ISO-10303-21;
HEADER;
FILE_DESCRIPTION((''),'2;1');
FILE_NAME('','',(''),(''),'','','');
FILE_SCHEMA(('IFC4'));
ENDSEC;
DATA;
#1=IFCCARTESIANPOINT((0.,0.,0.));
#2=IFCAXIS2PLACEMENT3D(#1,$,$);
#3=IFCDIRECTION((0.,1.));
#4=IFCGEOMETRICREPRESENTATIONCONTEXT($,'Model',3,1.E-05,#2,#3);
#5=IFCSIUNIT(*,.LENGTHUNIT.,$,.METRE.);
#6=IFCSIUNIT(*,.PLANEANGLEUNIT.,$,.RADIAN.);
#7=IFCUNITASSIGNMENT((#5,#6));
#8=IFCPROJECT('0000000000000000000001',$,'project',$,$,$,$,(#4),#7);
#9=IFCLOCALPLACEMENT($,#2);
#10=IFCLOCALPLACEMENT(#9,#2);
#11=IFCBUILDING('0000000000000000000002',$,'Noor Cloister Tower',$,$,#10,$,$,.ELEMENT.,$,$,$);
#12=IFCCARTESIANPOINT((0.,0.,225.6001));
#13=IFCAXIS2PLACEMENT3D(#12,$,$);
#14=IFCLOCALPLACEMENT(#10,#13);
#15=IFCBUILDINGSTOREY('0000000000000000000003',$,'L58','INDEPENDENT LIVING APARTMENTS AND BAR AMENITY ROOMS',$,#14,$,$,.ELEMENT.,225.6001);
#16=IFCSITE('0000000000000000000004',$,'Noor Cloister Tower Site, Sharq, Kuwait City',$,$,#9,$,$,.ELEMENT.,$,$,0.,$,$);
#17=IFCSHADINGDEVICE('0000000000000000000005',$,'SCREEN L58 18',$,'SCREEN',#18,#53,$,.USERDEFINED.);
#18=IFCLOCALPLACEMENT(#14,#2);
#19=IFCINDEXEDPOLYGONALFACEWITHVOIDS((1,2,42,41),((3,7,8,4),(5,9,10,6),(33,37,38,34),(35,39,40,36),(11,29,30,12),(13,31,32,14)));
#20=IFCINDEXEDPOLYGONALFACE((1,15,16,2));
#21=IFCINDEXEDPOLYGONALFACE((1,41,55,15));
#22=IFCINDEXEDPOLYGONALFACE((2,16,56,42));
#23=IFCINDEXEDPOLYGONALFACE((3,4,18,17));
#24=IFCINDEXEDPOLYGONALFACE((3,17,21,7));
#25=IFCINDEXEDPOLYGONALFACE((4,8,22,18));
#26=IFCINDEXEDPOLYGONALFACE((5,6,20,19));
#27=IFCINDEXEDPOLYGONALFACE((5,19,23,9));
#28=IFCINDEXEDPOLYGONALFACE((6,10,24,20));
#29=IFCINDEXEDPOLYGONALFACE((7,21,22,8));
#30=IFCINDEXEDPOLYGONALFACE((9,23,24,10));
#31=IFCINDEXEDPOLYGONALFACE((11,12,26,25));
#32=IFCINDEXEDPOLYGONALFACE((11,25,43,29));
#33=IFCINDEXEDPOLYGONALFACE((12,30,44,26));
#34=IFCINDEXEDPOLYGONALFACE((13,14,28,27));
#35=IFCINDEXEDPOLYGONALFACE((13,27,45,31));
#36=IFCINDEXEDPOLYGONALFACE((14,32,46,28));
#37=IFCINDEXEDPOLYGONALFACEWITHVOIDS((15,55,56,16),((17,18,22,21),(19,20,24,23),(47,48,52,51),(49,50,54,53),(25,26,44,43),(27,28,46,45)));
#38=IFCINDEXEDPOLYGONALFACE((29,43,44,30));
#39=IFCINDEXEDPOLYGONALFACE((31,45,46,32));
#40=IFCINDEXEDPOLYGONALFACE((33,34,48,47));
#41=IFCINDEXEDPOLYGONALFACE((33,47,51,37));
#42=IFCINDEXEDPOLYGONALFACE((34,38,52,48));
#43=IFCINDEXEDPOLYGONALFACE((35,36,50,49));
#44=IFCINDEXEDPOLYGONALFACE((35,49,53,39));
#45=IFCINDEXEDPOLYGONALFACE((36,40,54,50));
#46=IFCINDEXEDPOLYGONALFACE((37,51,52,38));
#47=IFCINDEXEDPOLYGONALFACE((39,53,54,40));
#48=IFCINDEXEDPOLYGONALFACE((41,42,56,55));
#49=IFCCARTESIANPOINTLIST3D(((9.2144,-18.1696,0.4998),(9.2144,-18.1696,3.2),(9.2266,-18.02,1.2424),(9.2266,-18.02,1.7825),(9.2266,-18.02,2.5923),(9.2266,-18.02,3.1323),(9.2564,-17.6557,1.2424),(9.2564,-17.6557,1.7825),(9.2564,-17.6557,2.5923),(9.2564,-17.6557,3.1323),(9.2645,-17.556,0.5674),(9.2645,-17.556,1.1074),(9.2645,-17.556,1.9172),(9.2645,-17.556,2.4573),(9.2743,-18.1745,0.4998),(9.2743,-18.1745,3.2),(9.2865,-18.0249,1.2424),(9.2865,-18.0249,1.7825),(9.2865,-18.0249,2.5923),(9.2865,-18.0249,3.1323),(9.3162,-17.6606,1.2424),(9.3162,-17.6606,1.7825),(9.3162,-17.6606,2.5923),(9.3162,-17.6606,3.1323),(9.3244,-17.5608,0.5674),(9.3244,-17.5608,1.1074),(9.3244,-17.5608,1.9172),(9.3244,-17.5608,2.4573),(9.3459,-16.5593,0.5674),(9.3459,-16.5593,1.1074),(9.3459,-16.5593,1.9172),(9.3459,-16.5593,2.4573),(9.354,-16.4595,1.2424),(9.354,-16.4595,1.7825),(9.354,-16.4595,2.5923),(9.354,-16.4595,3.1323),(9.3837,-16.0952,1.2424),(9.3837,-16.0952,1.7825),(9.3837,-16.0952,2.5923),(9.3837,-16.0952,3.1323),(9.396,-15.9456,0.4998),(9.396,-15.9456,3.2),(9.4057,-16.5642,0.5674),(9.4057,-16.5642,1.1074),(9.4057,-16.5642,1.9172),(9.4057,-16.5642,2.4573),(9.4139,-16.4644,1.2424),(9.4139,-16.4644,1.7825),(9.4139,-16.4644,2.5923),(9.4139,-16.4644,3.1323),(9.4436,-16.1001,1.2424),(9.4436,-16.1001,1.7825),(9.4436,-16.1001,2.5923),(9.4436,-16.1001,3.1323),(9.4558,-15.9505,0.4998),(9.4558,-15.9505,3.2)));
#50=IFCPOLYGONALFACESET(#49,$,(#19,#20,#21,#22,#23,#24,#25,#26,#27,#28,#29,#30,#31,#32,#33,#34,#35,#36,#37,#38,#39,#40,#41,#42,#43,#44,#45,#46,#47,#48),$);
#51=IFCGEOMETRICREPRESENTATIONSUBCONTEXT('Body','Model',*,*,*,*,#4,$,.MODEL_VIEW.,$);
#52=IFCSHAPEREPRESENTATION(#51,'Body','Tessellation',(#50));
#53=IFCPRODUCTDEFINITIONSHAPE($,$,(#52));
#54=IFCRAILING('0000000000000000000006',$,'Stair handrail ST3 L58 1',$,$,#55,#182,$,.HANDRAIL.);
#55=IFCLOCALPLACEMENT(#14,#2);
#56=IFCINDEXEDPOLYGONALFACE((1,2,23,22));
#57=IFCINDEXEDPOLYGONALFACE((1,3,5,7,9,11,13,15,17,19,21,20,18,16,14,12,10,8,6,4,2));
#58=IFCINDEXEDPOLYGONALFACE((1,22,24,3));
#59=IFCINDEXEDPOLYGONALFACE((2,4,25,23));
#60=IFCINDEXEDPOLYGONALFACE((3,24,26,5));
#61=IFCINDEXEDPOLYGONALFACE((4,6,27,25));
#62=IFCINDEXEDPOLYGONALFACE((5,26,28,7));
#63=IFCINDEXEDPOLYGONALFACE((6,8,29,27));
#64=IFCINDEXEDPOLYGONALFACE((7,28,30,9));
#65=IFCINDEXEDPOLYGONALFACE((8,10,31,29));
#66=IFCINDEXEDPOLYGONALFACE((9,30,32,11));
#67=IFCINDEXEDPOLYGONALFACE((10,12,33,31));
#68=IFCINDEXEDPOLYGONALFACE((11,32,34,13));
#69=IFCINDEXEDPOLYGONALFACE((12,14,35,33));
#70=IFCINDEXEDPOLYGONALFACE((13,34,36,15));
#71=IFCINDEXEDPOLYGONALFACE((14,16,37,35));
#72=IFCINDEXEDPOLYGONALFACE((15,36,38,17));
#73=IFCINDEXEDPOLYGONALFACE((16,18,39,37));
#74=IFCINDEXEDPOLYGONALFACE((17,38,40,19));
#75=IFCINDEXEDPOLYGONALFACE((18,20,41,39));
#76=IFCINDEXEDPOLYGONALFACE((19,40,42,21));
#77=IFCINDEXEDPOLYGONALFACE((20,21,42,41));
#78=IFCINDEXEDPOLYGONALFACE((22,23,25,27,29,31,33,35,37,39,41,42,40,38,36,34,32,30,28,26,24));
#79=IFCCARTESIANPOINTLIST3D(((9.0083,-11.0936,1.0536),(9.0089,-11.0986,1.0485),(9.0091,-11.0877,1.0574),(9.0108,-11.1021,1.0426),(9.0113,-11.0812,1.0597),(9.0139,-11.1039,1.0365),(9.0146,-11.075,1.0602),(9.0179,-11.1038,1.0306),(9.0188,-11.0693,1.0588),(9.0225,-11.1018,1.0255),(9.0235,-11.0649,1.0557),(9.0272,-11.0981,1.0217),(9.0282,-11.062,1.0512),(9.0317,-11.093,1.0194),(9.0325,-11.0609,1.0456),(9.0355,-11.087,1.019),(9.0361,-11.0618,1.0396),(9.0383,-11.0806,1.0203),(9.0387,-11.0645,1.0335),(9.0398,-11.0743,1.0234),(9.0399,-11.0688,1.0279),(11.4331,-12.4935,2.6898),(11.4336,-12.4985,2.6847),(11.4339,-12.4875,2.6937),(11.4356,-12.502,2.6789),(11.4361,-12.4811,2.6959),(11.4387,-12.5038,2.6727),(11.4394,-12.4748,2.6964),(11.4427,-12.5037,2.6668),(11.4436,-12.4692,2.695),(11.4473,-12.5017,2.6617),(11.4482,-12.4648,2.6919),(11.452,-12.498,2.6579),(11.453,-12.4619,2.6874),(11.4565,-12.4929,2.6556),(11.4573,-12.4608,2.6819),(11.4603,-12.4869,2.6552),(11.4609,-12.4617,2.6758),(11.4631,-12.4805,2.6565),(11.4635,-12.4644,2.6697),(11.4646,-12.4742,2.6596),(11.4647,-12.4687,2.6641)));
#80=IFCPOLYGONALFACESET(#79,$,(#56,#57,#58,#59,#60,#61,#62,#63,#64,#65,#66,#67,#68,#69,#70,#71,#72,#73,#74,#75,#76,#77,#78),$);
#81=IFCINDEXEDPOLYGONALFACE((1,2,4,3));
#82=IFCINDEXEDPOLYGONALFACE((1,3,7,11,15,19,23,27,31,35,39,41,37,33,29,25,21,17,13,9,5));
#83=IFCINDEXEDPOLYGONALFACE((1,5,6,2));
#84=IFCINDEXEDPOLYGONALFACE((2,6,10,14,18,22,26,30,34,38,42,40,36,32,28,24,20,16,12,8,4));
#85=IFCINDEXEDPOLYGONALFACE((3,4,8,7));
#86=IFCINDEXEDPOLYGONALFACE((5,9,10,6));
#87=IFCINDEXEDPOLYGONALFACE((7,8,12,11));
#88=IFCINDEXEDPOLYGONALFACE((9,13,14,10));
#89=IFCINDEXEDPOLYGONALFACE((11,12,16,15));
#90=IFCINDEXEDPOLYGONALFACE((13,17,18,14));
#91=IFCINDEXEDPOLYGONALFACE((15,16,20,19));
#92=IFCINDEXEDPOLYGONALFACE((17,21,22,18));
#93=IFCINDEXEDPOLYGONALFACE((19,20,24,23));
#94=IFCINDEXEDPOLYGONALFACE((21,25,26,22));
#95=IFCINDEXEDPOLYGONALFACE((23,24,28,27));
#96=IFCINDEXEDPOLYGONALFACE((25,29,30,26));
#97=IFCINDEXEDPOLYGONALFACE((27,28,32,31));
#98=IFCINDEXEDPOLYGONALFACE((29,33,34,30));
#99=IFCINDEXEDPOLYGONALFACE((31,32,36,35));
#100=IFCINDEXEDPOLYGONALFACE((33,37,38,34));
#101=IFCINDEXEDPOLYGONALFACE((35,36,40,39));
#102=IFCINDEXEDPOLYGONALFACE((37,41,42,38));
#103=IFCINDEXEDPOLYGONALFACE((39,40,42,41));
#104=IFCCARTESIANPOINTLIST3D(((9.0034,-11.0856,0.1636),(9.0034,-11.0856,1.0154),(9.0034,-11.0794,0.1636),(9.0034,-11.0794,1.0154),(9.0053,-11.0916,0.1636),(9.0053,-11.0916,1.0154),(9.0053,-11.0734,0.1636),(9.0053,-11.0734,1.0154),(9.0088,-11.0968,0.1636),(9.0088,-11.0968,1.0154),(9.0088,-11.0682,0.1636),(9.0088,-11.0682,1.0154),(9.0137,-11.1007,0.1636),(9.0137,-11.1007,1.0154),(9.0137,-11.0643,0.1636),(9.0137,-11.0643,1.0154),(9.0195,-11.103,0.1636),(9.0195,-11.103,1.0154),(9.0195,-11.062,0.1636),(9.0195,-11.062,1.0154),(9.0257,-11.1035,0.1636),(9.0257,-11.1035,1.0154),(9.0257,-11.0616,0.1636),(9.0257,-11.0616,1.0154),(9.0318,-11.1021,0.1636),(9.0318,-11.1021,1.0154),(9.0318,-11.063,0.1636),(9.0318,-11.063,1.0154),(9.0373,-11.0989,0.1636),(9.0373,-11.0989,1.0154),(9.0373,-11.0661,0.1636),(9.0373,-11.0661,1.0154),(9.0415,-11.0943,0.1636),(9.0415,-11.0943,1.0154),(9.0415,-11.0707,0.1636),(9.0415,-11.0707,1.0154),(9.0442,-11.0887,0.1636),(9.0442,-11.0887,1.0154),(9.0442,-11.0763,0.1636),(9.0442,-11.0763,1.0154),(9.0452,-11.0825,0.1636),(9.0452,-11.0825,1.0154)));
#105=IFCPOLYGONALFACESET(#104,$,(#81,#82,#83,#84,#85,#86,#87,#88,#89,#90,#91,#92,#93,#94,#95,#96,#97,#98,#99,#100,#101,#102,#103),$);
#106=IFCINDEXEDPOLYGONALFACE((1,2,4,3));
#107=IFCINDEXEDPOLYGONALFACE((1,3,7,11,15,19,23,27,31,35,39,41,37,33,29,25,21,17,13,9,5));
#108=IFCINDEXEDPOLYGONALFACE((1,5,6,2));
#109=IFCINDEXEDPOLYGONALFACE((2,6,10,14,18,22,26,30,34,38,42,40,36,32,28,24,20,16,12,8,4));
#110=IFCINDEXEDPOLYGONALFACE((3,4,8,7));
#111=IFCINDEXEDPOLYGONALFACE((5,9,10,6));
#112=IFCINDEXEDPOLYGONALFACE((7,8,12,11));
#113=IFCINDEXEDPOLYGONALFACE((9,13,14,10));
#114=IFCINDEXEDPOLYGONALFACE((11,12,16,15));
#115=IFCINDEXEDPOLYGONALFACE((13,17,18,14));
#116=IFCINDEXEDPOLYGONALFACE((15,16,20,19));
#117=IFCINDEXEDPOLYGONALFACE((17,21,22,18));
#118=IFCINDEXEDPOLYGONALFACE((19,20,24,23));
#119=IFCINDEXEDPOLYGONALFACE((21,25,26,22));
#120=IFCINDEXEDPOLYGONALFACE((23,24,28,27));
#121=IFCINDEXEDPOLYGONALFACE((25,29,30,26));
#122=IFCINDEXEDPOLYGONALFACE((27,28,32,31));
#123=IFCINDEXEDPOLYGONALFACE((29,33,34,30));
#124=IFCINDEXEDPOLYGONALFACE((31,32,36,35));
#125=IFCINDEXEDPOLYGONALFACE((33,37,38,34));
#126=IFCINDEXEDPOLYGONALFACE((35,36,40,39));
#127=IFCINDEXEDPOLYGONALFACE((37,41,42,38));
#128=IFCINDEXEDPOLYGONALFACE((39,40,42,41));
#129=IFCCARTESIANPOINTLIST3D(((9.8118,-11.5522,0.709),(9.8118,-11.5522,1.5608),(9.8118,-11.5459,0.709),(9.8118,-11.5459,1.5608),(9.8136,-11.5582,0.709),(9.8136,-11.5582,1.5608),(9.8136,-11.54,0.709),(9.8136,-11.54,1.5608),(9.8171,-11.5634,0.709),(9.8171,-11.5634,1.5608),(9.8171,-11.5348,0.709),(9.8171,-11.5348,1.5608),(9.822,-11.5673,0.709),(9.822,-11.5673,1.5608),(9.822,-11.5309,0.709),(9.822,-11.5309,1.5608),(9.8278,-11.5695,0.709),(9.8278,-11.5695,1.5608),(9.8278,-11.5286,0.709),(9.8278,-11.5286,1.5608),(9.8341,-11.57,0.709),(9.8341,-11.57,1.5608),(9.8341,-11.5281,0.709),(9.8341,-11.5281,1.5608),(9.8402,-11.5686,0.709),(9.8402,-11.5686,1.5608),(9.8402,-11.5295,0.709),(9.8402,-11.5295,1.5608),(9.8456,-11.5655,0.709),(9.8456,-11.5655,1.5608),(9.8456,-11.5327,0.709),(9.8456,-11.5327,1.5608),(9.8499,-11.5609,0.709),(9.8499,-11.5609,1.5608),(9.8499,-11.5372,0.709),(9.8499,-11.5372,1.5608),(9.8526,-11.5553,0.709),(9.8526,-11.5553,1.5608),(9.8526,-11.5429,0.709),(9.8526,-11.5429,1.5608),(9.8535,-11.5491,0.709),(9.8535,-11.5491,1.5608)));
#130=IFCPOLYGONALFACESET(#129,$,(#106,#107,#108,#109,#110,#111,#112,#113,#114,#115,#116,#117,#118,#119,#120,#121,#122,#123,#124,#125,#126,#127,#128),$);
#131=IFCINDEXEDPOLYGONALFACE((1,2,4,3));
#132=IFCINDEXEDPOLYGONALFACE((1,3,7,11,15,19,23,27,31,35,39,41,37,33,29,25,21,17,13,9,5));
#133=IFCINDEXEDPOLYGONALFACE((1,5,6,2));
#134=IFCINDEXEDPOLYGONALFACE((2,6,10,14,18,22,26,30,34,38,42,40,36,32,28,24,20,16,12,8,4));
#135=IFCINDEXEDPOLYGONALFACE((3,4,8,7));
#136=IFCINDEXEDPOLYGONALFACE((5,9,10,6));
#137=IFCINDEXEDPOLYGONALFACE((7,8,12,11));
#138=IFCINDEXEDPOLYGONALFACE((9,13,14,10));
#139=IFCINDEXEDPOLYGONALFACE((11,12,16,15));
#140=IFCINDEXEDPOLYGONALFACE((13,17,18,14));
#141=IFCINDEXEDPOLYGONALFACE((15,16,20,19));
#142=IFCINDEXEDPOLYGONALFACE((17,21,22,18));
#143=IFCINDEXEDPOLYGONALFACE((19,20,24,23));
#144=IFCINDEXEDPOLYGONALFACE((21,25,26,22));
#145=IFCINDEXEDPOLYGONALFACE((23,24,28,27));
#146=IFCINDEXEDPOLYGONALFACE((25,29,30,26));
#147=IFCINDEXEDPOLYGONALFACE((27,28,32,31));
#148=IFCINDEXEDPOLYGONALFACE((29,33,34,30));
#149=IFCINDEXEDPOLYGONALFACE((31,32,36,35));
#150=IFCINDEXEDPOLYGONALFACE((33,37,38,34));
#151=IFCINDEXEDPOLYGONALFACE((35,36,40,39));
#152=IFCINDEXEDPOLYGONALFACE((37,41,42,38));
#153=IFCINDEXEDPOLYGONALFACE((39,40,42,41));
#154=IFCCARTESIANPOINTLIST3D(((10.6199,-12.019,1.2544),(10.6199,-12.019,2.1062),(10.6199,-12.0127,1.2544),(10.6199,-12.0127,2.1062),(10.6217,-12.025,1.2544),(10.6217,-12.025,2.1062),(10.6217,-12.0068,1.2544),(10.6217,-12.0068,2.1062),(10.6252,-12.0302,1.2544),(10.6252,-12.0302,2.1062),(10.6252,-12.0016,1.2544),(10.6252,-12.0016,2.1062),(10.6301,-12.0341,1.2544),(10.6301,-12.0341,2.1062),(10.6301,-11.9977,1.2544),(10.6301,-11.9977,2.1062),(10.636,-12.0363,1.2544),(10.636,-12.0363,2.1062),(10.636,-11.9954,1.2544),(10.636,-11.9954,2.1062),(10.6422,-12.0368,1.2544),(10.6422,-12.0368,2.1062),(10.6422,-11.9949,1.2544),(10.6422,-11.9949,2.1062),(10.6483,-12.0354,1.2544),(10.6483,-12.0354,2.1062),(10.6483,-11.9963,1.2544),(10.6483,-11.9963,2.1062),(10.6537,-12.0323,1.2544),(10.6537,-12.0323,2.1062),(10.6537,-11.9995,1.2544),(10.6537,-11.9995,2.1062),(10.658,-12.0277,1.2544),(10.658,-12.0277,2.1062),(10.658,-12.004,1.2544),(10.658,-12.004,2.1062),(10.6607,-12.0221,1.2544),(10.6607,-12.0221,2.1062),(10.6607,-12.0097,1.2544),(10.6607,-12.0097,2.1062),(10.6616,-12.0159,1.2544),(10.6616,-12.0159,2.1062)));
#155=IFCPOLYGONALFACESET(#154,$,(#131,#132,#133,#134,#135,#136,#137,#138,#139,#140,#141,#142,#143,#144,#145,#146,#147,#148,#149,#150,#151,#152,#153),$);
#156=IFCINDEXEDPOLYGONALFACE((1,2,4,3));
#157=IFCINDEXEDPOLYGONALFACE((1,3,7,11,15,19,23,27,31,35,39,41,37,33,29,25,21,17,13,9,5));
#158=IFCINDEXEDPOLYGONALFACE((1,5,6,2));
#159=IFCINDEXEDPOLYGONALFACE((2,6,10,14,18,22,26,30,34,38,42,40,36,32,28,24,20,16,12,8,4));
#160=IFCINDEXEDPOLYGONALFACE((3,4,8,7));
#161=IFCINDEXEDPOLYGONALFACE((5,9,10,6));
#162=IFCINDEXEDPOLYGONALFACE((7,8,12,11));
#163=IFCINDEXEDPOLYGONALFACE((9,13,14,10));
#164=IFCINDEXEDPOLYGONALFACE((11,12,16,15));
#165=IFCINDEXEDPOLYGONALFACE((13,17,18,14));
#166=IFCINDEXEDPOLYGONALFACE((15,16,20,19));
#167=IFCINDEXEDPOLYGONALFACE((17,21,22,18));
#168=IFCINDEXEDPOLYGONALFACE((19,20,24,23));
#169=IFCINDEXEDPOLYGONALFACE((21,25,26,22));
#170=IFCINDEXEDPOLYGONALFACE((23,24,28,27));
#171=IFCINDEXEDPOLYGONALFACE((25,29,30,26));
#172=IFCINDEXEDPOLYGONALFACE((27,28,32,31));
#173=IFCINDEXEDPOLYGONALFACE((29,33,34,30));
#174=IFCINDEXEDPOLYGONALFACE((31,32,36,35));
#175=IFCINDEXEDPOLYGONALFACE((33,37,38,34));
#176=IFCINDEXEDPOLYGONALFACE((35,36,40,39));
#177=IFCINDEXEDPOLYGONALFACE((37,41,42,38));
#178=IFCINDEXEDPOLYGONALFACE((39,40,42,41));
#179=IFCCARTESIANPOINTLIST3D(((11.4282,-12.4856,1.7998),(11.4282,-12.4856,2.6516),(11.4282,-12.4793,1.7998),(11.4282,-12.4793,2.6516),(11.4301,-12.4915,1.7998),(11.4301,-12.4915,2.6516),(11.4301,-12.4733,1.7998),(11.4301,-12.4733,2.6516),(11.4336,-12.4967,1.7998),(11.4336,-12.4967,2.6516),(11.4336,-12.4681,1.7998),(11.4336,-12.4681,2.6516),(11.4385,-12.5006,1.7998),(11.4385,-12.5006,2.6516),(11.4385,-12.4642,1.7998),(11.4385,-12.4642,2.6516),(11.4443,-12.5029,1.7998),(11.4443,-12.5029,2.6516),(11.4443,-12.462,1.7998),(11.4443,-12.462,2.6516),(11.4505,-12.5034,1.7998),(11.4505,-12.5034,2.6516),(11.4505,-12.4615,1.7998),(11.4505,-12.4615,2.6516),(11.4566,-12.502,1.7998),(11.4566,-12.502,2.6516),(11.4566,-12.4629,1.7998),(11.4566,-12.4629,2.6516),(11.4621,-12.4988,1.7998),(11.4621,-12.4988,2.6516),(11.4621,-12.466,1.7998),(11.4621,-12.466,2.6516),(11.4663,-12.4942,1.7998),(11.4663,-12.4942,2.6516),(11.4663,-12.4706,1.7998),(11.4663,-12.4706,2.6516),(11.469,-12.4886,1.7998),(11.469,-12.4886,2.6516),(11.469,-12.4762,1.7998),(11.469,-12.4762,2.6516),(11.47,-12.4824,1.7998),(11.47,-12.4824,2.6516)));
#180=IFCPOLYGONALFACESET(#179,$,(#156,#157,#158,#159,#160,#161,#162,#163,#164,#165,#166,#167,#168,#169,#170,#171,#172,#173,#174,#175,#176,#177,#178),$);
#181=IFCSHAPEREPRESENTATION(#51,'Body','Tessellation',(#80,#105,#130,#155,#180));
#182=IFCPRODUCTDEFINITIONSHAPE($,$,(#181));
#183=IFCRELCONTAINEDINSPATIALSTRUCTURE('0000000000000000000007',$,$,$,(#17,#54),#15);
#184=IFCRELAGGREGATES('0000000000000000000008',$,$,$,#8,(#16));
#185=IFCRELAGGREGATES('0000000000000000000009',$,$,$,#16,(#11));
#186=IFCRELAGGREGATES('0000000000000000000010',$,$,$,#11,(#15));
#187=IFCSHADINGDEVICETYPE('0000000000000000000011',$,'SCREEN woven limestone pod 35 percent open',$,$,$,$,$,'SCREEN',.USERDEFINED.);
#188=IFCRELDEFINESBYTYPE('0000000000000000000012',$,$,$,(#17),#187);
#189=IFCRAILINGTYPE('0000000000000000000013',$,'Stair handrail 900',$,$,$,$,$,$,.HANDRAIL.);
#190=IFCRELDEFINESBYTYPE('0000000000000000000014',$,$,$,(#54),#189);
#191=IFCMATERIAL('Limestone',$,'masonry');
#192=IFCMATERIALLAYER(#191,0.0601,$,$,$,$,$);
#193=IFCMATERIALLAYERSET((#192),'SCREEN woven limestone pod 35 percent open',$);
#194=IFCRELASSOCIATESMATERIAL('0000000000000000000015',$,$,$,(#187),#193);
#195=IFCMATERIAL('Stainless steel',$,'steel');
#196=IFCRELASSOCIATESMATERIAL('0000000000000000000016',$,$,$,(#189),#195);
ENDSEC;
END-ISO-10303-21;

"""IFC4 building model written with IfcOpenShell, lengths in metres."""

from ifc_helpers import new_model, si_unit, direction, frame, origin, origin_2d, place, context, subcontext, project, spatial, polyline, circle, outline, extrude, material, layer, layer_set, type_object, element, save


model = new_model("IFC4")

# Units and contexts
model_context = context("Model", 3, precision=1e-05, world=origin(), true_north=direction((0.0, 1.0)))
body_context = subcontext(model_context, "Body", "Model", "MODEL_VIEW")
ifc_project = project(units=[si_unit("LENGTHUNIT", "METRE"), si_unit("PLANEANGLEUNIT", "RADIAN")], contexts=[model_context])

# Site, building, storey
site_placement = place(None, origin())
site = spatial("IfcSite", under=ifc_project, at=site_placement, Name="Noor Cloister Tower Site, Sharq, Kuwait City", CompositionType="ELEMENT", RefElevation=0.0)
building_placement = place(site_placement, origin())
building = spatial("IfcBuilding", under=site, at=building_placement, Name="Noor Cloister Tower", CompositionType="ELEMENT")
storey_placement = place(building_placement, frame((0.0, 0.0, 225.6001)))
storey = spatial("IfcBuildingStorey", under=building, at=storey_placement, Name="L58", Description="INDEPENDENT LIVING APARTMENTS AND BAR AMENITY ROOMS", CompositionType="ELEMENT", Elevation=225.6001)

# Shading device
ifc_material_1 = material(Name="Limestone", Category="masonry")
ifc_layer_1 = layer(ifc_material_1, 0.0601)
ifc_layer_set_1 = layer_set([ifc_layer_1], Name="SCREEN woven limestone pod 35 percent open")
shading_device_type_1 = type_object("IfcShadingDeviceType", Name="SCREEN woven limestone pod 35 percent open", ElementType="SCREEN", PredefinedType="USERDEFINED", material=ifc_layer_set_1)
shading_device_1_placement = place(storey_placement, frame((9.3052, -17.0576, 1.8499), z_axis=(0.996685, -0.081362, 0.0), x_axis=(0.081362, 0.996685, 0.0)))
element("IfcShadingDevice", 1, at=shading_device_1_placement, inside=storey, type_object=shading_device_type_1, Name="SCREEN L58 18", ObjectType="SCREEN", PredefinedType="USERDEFINED", context=body_context, shape_type="SweptSolid", body=[
    extrude(outline(polyline([(-1.1157, -1.3501), (1.1157, -1.3501), (1.1157, 1.3501), (-1.1157, 1.3501), (-1.1157, -1.3501)]), holes=[polyline([(-0.5, -1.2825), (0.5, -1.2825), (0.5, -0.7424), (-0.5, -0.7424), (-0.5, -1.2825)]), polyline([(0.6001, -0.6074), (0.9656, -0.6074), (0.9656, -0.0674), (0.6001, -0.0674), (0.6001, -0.6074)]), polyline([(-0.9656, -0.6074), (-0.6001, -0.6074), (-0.6001, -0.0674), (-0.9656, -0.0674), (-0.9656, -0.6074)]), polyline([(-0.5, 0.0674), (0.5, 0.0674), (0.5, 0.6074), (-0.5, 0.6074), (-0.5, 0.0674)]), polyline([(0.6001, 0.7424), (0.9656, 0.7424), (0.9656, 1.2825), (0.6001, 1.2825), (0.6001, 0.7424)]), polyline([(-0.9656, 0.7424), (-0.6001, 0.7424), (-0.6001, 1.2825), (-0.9656, 1.2825), (-0.9656, 0.7424)])]), origin(), (0.0, 0.0, 1.0), 0.0601),
])

# Railing
ifc_material_2 = material(Name="Stainless steel", Category="steel")
railing_type_1 = type_object("IfcRailingType", Name="Stair handrail 900", PredefinedType="HANDRAIL", material=ifc_material_2)
railing_1_placement = place(storey_placement, frame((9.0242, -11.0825, 0.1636)))
element("IfcRailing", 2, at=railing_1_placement, inside=storey, type_object=railing_type_1, Name="Stair handrail ST3 L58 1", PredefinedType="HANDRAIL", context=body_context, shape_type="SweptSolid", body=[
    extrude(circle(Radius=0.0239, at=origin_2d()), frame((0.0, 0.0, 0.876), z_axis=(0.747718, -0.431677, 0.504552), x_axis=(0.499984, 0.866035, 0.0)), (0.0, 0.0, 1.0), 3.2429),
    extrude(circle(Radius=0.021, at=origin_2d()), origin(), (0.0, 0.0, 1.0), 0.8518),
    extrude(circle(Radius=0.021, at=origin_2d()), frame((0.8083, -0.4666, 0.5454)), (0.0, 0.0, 1.0), 0.8518),
    extrude(circle(Radius=0.021, at=origin_2d()), frame((1.6165, -0.9333, 1.0908)), (0.0, 0.0, 1.0), 0.8518),
    extrude(circle(Radius=0.021, at=origin_2d()), frame((2.4248, -1.3999, 1.6362)), (0.0, 0.0, 1.0), 0.8518),
])

save(model, "model.ifc")
